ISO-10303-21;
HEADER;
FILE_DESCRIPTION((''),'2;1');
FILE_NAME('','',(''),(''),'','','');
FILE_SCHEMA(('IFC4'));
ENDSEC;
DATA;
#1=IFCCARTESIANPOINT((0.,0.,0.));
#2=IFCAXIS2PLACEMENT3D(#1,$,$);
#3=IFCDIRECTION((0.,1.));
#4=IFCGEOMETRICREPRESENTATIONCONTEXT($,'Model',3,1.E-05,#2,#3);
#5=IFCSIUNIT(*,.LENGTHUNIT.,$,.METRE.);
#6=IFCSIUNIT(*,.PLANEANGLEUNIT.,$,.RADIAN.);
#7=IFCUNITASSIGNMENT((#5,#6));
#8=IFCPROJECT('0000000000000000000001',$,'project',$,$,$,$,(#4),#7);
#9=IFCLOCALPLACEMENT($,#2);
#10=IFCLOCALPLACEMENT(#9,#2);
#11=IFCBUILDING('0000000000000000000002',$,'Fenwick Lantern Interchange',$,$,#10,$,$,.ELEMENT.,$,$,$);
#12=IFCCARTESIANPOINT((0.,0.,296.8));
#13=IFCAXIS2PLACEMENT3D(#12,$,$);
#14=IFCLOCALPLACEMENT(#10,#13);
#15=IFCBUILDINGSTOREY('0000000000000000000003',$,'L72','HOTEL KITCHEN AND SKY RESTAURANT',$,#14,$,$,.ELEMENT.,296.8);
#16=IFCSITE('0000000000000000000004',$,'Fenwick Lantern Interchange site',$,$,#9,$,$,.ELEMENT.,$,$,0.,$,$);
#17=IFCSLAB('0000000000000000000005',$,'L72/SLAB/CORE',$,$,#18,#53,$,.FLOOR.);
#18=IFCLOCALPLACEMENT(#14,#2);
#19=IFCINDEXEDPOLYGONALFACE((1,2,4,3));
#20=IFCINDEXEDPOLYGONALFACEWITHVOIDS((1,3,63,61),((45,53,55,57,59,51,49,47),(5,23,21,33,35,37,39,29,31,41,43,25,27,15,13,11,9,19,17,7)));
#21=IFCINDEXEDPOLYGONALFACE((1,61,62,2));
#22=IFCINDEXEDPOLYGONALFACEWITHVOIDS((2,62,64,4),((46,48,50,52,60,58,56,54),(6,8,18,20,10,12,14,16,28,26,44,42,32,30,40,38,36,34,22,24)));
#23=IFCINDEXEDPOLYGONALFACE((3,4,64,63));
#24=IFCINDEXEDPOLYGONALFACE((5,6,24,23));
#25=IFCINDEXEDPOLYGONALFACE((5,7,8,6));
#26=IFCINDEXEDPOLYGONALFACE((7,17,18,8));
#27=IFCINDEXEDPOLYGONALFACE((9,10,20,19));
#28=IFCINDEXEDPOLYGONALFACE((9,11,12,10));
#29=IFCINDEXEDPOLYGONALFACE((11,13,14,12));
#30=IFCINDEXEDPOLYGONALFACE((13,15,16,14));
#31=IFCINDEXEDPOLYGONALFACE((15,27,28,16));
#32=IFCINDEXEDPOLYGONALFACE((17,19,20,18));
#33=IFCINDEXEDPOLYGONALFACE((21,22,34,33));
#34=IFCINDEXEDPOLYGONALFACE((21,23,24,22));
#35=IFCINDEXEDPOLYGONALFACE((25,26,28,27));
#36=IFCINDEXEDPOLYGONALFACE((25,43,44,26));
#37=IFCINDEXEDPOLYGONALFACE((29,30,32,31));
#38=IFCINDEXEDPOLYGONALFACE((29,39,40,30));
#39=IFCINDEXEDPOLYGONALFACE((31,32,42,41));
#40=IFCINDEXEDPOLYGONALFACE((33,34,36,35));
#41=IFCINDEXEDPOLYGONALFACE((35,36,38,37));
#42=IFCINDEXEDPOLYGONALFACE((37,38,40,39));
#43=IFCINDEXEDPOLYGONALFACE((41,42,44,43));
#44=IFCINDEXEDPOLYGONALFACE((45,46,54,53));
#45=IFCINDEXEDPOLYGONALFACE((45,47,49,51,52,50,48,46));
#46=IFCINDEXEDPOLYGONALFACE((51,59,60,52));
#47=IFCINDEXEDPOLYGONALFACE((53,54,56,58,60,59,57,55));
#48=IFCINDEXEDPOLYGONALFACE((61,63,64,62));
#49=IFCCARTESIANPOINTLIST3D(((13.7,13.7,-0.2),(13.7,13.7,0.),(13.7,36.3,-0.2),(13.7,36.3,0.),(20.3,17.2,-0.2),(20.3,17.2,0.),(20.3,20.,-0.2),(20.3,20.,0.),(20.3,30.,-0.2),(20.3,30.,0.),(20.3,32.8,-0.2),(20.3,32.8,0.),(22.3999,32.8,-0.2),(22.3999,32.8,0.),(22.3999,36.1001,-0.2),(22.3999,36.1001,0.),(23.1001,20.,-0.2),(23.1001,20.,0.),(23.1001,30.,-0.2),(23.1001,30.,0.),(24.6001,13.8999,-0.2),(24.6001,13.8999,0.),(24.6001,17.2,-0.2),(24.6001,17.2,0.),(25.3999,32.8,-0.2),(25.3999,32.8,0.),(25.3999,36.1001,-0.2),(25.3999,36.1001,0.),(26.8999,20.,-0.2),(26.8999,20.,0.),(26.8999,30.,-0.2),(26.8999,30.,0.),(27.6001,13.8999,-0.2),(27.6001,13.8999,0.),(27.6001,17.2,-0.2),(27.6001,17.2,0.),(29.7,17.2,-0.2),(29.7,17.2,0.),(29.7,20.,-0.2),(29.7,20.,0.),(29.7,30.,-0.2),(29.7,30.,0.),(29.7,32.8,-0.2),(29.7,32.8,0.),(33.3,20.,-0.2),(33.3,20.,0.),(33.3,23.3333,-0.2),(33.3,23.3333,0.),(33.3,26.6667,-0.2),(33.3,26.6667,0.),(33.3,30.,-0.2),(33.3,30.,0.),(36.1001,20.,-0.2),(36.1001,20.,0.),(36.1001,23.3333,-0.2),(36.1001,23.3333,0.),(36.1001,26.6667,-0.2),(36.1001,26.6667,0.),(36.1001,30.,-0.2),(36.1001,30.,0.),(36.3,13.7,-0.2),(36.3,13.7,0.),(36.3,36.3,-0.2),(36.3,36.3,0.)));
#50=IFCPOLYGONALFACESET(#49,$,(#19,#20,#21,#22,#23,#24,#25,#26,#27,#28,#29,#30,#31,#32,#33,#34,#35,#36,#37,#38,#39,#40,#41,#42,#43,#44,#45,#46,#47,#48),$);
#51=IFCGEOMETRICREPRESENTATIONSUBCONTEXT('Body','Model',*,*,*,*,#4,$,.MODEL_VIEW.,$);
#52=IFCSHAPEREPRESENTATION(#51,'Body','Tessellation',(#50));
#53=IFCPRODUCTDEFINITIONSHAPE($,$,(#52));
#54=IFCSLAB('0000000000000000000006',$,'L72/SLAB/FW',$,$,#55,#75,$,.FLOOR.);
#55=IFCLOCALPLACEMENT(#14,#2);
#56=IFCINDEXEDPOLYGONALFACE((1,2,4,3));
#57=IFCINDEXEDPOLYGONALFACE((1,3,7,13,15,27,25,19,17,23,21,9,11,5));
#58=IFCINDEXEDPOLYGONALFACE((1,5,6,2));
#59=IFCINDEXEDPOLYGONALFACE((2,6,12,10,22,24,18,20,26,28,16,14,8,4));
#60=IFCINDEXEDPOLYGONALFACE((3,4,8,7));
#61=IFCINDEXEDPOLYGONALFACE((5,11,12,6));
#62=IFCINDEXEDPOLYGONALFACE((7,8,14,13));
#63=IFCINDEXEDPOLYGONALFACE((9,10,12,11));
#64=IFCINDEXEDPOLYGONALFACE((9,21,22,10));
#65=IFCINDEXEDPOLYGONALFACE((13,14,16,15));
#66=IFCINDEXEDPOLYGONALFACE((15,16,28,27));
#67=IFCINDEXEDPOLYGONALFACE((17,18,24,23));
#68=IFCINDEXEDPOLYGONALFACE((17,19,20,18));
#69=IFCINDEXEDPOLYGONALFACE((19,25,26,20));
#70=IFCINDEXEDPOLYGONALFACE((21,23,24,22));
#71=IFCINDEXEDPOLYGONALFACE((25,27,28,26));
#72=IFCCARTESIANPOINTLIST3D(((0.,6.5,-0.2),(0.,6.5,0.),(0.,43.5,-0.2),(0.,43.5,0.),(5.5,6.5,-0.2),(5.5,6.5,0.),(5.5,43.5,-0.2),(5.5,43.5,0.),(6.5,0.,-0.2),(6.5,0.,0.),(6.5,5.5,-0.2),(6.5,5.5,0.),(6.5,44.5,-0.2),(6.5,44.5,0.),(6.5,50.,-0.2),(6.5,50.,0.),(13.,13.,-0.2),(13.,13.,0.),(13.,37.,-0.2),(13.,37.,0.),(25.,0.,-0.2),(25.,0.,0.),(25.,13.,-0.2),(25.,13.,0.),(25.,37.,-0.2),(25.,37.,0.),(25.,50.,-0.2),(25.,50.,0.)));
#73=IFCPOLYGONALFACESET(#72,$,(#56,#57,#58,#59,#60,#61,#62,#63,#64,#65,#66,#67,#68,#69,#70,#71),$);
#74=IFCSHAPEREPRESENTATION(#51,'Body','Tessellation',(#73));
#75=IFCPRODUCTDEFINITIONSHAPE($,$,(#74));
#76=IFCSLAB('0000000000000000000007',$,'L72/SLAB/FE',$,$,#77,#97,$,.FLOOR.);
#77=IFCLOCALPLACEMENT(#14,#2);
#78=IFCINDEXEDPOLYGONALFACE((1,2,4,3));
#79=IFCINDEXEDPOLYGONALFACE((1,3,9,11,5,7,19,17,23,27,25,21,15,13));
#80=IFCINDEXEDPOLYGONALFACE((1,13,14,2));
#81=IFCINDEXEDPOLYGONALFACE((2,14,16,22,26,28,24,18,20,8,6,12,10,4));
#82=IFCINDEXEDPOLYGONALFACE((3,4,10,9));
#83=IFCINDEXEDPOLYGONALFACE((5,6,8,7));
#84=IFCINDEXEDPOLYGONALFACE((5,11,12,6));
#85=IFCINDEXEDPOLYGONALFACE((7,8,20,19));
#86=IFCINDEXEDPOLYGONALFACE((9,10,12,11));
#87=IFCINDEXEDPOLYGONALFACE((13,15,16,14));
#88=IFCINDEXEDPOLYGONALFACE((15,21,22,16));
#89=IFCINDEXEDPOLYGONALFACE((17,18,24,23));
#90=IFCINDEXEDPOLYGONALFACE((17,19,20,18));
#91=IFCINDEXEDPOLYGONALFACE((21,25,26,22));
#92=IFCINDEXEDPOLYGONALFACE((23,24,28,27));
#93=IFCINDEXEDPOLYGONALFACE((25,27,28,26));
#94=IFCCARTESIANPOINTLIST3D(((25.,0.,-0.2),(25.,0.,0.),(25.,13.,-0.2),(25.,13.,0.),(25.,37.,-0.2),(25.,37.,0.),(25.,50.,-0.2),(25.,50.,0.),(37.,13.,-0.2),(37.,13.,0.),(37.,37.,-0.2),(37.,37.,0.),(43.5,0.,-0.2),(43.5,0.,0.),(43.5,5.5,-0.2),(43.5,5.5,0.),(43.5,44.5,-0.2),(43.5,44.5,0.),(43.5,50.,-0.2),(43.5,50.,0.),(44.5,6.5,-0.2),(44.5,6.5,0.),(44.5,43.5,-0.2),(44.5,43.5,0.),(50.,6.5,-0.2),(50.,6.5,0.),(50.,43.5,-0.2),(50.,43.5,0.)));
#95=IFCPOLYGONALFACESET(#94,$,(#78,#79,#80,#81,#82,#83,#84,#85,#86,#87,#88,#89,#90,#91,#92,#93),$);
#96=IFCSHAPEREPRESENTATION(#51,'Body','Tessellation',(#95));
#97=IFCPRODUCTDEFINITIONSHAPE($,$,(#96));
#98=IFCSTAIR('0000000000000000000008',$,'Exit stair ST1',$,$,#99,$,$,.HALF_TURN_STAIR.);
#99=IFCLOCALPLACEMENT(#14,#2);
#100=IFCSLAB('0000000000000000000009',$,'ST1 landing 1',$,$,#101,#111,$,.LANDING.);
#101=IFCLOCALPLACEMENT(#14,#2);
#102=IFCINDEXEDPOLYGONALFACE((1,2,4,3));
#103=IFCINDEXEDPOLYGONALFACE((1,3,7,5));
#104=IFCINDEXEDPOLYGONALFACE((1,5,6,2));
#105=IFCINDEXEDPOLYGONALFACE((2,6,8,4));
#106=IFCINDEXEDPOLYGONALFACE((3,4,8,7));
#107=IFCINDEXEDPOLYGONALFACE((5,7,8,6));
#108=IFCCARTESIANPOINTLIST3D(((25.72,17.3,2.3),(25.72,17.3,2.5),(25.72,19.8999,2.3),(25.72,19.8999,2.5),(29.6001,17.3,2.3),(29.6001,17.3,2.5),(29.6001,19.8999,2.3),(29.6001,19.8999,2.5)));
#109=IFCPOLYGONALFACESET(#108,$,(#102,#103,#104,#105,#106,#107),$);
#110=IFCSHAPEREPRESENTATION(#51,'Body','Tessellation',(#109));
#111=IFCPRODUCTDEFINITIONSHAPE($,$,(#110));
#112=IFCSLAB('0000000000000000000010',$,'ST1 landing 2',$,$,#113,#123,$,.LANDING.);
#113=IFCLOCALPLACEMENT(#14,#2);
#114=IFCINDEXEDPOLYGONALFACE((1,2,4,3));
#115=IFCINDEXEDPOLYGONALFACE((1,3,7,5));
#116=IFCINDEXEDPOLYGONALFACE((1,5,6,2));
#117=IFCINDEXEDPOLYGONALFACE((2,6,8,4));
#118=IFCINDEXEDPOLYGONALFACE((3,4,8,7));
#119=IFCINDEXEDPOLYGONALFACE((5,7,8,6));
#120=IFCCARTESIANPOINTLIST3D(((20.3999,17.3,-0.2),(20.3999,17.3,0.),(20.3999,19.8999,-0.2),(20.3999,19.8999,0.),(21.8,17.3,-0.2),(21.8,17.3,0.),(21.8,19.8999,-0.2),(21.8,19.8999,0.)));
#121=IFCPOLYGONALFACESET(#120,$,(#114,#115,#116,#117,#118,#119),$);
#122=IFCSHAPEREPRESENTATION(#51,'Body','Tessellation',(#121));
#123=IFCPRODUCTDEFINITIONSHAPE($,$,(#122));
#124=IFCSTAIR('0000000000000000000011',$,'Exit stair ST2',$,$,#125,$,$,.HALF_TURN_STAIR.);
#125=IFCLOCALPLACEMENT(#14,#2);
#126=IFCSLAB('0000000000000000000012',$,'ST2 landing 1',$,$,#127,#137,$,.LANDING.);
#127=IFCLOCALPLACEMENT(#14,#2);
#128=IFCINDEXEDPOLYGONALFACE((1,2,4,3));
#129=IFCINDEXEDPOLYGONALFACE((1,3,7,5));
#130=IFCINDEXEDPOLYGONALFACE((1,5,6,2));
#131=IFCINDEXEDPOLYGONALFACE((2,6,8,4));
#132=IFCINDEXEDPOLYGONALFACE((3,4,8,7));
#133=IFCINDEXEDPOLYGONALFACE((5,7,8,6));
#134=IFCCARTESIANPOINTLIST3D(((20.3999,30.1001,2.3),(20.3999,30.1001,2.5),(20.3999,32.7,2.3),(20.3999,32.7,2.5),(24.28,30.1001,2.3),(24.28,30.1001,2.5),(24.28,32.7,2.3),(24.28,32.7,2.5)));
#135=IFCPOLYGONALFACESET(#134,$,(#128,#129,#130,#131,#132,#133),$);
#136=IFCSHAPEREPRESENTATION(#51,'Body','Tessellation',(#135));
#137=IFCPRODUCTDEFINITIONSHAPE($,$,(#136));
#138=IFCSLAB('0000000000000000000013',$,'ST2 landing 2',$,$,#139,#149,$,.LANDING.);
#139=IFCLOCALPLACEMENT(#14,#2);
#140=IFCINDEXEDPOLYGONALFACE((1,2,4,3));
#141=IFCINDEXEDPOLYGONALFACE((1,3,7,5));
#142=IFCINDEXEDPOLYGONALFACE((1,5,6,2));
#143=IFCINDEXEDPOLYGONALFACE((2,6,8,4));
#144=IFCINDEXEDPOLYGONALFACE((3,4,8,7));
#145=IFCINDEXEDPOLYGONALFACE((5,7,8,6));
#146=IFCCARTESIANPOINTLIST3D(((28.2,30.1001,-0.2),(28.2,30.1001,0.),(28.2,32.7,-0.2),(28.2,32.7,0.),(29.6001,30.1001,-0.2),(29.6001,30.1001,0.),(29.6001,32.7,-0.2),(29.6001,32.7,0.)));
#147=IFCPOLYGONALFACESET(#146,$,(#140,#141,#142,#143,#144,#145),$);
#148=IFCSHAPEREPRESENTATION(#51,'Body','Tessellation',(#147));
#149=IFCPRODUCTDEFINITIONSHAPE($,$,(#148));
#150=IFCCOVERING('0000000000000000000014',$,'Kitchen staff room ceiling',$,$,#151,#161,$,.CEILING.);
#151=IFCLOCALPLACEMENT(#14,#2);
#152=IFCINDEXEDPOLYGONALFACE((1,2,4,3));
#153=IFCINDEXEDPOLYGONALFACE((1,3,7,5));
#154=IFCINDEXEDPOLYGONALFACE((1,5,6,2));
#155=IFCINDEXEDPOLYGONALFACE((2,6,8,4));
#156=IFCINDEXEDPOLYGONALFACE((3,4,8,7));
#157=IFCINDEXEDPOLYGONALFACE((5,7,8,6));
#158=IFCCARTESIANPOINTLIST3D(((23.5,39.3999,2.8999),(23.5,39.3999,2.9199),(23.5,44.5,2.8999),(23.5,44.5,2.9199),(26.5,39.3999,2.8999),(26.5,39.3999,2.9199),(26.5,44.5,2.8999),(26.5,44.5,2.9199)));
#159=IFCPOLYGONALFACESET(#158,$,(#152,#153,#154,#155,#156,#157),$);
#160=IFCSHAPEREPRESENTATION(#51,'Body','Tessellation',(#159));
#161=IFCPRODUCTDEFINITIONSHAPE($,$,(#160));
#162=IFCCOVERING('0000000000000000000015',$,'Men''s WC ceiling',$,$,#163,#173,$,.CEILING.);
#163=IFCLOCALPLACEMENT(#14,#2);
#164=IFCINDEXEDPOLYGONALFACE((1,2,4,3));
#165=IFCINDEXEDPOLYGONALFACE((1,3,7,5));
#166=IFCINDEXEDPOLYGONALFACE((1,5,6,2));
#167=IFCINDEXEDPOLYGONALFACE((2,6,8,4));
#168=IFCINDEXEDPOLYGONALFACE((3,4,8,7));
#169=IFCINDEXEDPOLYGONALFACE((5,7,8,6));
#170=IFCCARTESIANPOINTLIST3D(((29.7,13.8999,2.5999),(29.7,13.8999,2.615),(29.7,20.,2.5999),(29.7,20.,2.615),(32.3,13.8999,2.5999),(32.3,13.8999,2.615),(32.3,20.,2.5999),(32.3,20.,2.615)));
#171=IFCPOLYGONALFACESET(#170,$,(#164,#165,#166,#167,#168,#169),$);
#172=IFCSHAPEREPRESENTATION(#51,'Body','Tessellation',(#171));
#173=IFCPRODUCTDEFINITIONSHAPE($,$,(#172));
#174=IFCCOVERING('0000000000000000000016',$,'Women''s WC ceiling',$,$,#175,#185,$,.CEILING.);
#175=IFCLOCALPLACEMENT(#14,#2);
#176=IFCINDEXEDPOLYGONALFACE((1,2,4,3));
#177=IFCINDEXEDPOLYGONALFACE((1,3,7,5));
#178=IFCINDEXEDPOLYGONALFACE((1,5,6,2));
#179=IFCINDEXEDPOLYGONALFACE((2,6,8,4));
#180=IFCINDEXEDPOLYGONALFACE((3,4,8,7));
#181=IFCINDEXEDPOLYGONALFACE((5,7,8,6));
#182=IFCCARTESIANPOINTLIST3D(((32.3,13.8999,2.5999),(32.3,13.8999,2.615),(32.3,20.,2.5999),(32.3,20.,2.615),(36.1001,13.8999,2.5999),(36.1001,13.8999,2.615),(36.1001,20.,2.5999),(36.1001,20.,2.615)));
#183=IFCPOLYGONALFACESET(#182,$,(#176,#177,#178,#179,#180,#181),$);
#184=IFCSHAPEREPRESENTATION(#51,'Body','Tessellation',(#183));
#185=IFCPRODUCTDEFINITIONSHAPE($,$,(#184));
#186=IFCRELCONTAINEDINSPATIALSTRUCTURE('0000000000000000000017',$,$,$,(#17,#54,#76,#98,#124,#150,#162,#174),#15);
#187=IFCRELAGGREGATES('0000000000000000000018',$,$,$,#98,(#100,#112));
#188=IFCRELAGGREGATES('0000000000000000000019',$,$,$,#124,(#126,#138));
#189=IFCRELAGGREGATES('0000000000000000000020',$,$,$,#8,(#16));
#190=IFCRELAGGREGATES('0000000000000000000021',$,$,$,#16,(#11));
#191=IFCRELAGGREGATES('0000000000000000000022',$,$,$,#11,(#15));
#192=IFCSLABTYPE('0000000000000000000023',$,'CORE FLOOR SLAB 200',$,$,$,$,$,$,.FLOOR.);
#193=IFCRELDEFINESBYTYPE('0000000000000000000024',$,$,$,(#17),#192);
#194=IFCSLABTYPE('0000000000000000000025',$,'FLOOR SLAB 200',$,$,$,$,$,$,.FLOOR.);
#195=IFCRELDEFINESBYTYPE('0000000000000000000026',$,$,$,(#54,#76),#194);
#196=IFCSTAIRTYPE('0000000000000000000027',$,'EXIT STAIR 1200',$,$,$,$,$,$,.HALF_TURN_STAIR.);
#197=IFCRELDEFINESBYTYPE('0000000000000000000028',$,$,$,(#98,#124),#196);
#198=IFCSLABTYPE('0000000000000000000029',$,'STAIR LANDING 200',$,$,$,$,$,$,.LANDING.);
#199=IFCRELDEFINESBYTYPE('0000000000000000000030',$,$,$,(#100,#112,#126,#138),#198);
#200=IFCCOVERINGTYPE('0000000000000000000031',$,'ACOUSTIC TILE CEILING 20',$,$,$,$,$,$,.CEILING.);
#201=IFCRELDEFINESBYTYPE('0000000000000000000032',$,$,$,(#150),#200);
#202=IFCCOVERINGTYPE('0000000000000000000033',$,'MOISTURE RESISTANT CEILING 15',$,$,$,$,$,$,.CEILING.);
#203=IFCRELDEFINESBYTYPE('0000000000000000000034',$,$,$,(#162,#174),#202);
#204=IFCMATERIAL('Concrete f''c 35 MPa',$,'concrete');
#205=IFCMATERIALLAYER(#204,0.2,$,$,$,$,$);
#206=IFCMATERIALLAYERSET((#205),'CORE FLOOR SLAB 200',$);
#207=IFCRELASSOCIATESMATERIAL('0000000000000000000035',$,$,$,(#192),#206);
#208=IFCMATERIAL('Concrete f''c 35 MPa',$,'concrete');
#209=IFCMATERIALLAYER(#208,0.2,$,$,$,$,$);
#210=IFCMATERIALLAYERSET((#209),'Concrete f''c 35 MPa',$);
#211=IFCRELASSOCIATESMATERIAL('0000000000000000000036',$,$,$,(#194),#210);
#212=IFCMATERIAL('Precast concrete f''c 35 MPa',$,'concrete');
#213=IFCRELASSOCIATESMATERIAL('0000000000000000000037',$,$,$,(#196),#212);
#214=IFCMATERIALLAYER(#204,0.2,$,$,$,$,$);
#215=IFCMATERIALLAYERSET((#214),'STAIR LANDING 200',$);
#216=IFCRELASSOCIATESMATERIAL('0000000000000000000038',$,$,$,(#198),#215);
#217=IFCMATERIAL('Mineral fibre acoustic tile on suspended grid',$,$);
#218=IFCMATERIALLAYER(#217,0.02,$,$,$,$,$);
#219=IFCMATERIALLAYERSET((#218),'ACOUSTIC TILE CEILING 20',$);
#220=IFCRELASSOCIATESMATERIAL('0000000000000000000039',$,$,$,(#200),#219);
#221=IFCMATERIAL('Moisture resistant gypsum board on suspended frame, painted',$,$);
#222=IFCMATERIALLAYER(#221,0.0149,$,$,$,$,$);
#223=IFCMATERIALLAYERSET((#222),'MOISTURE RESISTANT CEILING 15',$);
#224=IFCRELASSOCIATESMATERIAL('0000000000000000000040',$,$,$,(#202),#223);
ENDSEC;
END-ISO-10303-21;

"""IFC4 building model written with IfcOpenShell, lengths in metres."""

from ifc_helpers import new_model, si_unit, direction, frame, origin, place, context, subcontext, project, spatial, polyline, outline, extrude, material, layer, layer_set, type_object, element, aggregate, save


model = new_model("IFC4")

# Units and contexts
model_context = context("Model", 3, precision=1e-05, world=origin(), true_north=direction((0.0, 1.0)))
body_context = subcontext(model_context, "Body", "Model", "MODEL_VIEW")
ifc_project = project(units=[si_unit("LENGTHUNIT", "METRE"), si_unit("PLANEANGLEUNIT", "RADIAN")], contexts=[model_context])

# Site, building, storey
site_placement = place(None, origin())
site = spatial("IfcSite", under=ifc_project, at=site_placement, Name="Fenwick Lantern Interchange site", CompositionType="ELEMENT", RefElevation=0.0)
building_placement = place(site_placement, origin())
building = spatial("IfcBuilding", under=site, at=building_placement, Name="Fenwick Lantern Interchange", CompositionType="ELEMENT")
storey_placement = place(building_placement, frame((0.0, 0.0, 296.8)))
storey = spatial("IfcBuildingStorey", under=building, at=storey_placement, Name="L72", Description="HOTEL KITCHEN AND SKY RESTAURANT", CompositionType="ELEMENT", Elevation=296.8)

# Slabs
ifc_material_1 = material(Name="Concrete f'c 35 MPa", Category="concrete")
ifc_layer_1 = layer(ifc_material_1, 0.2)
ifc_layer_set_1 = layer_set([ifc_layer_1], Name="CORE FLOOR SLAB 200")
slab_type_1 = type_object("IfcSlabType", Name="CORE FLOOR SLAB 200", PredefinedType="FLOOR", material=ifc_layer_set_1)
slab_1_placement = place(storey_placement, frame((0.0, 0.0, -0.2)))
element("IfcSlab", 1, at=slab_1_placement, inside=storey, type_object=slab_type_1, Name="L72/SLAB/CORE", PredefinedType="FLOOR", context=body_context, shape_type="SweptSolid", body=[
    extrude(outline(polyline([(13.7, 36.3), (36.3, 36.3), (36.3, 13.7), (13.7, 13.7), (13.7, 36.3)]), holes=[polyline([(24.6001, 13.8999), (27.6001, 13.8999), (27.6001, 17.2), (29.7, 17.2), (29.7, 20.0), (26.8999, 20.0), (26.8999, 30.0), (29.7, 30.0), (29.7, 32.8), (25.3999, 32.8), (25.3999, 36.1001), (22.3999, 36.1001), (22.3999, 32.8), (20.3, 32.8), (20.3, 30.0), (23.1001, 30.0), (23.1001, 20.0), (20.3, 20.0), (20.3, 17.2), (24.6001, 17.2), (24.6001, 13.8999)]), polyline([(33.3, 20.0), (36.1001, 20.0), (36.1001, 23.3333), (36.1001, 26.6667), (36.1001, 30.0), (33.3, 30.0), (33.3, 26.6667), (33.3, 23.3333), (33.3, 20.0)])]), origin(), (0.0, 0.0, 1.0), 0.2),
])
ifc_material_2 = material(Name="Concrete f'c 35 MPa", Category="concrete")
ifc_layer_2 = layer(ifc_material_2, 0.2)
ifc_layer_set_2 = layer_set([ifc_layer_2], Name="Concrete f'c 35 MPa")
slab_type_2 = type_object("IfcSlabType", Name="FLOOR SLAB 200", PredefinedType="FLOOR", material=ifc_layer_set_2)
slab_2_placement = place(storey_placement, frame((0.0, 0.0, -0.2)))
element("IfcSlab", 2, at=slab_2_placement, inside=storey, type_object=slab_type_2, Name="L72/SLAB/FW", PredefinedType="FLOOR", context=body_context, shape_type="SweptSolid", body=[
    extrude(outline(polyline([(6.5, 0.0), (6.5, 5.5), (5.5, 6.5), (0.0, 6.5), (0.0, 43.5), (5.5, 43.5), (6.5, 44.5), (6.5, 50.0), (25.0, 50.0), (25.0, 37.0), (13.0, 37.0), (13.0, 13.0), (25.0, 13.0), (25.0, 0.0), (6.5, 0.0)])), origin(), (0.0, 0.0, 1.0), 0.2),
])
slab_3_placement = place(storey_placement, frame((0.0, 0.0, -0.2)))
element("IfcSlab", 3, at=slab_3_placement, inside=storey, type_object=slab_type_2, Name="L72/SLAB/FE", PredefinedType="FLOOR", context=body_context, shape_type="SweptSolid", body=[
    extrude(outline(polyline([(43.5, 50.0), (43.5, 44.5), (44.5, 43.5), (50.0, 43.5), (50.0, 6.5), (44.5, 6.5), (43.5, 5.5), (43.5, 0.0), (25.0, 0.0), (25.0, 13.0), (37.0, 13.0), (37.0, 37.0), (25.0, 37.0), (25.0, 50.0), (43.5, 50.0)])), origin(), (0.0, 0.0, 1.0), 0.2),
])

# Stairs, slabs
ifc_material_3 = material(Name="Precast concrete f'c 35 MPa", Category="concrete")
stair_type = type_object("IfcStairType", Name="EXIT STAIR 1200", PredefinedType="HALF_TURN_STAIR", material=ifc_material_3)
stair_1_placement = place(storey_placement, origin())
stair_1 = element("IfcStair", 4, at=stair_1_placement, inside=storey, type_object=stair_type, Name="Exit stair ST1", PredefinedType="HALF_TURN_STAIR")
ifc_layer_3 = layer(ifc_material_1, 0.2)
ifc_layer_set_3 = layer_set([ifc_layer_3], Name="STAIR LANDING 200")
slab_type_3 = type_object("IfcSlabType", Name="STAIR LANDING 200", PredefinedType="LANDING", material=ifc_layer_set_3)
slab_4_placement = place(storey_placement, frame((0.0, 0.0, 2.3)))
slab_4 = element("IfcSlab", 5, at=slab_4_placement, type_object=slab_type_3, Name="ST1 landing 1", PredefinedType="LANDING", context=body_context, shape_type="SweptSolid", body=[
    extrude(outline(polyline([(25.72, 17.3), (29.6001, 17.3), (29.6001, 19.8999), (25.72, 19.8999), (25.72, 17.3)])), origin(), (0.0, 0.0, 1.0), 0.2),
])
slab_5_placement = place(storey_placement, frame((0.0, 0.0, -0.2)))
slab_5 = element("IfcSlab", 6, at=slab_5_placement, type_object=slab_type_3, Name="ST1 landing 2", PredefinedType="LANDING", context=body_context, shape_type="SweptSolid", body=[
    extrude(outline(polyline([(20.3999, 17.3), (21.8, 17.3), (21.8, 19.8999), (20.3999, 19.8999), (20.3999, 17.3)])), origin(), (0.0, 0.0, 1.0), 0.2),
])
aggregate(stair_1, [slab_4, slab_5])
stair_2_placement = place(storey_placement, origin())
stair_2 = element("IfcStair", 7, at=stair_2_placement, inside=storey, type_object=stair_type, Name="Exit stair ST2", PredefinedType="HALF_TURN_STAIR")
slab_6_placement = place(storey_placement, frame((0.0, 0.0, 2.3)))
slab_6 = element("IfcSlab", 8, at=slab_6_placement, type_object=slab_type_3, Name="ST2 landing 1", PredefinedType="LANDING", context=body_context, shape_type="SweptSolid", body=[
    extrude(outline(polyline([(24.28, 32.7), (20.3999, 32.7), (20.3999, 30.1001), (24.28, 30.1001), (24.28, 32.7)])), origin(), (0.0, 0.0, 1.0), 0.2),
])
slab_7_placement = place(storey_placement, frame((0.0, 0.0, -0.2)))
slab_7 = element("IfcSlab", 9, at=slab_7_placement, type_object=slab_type_3, Name="ST2 landing 2", PredefinedType="LANDING", context=body_context, shape_type="SweptSolid", body=[
    extrude(outline(polyline([(29.6001, 32.7), (28.2, 32.7), (28.2, 30.1001), (29.6001, 30.1001), (29.6001, 32.7)])), origin(), (0.0, 0.0, 1.0), 0.2),
])
aggregate(stair_2, [slab_6, slab_7])

# Coverings
ifc_material_4 = material(Name="Mineral fibre acoustic tile on suspended grid")
ifc_layer_4 = layer(ifc_material_4, 0.02)
ifc_layer_set_4 = layer_set([ifc_layer_4], Name="ACOUSTIC TILE CEILING 20")
covering_type_1 = type_object("IfcCoveringType", Name="ACOUSTIC TILE CEILING 20", PredefinedType="CEILING", material=ifc_layer_set_4)
covering_1_placement = place(storey_placement, frame((0.0, 0.0, 2.8999)))
element("IfcCovering", 10, at=covering_1_placement, inside=storey, type_object=covering_type_1, Name="Kitchen staff room ceiling", PredefinedType="CEILING", context=body_context, shape_type="SweptSolid", body=[
    extrude(outline(polyline([(26.5, 44.5), (23.5, 44.5), (23.5, 39.3999), (26.5, 39.3999), (26.5, 44.5)])), origin(), (0.0, 0.0, 1.0), 0.02),
])
ifc_material_5 = material(Name="Moisture resistant gypsum board on suspended frame, painted")
ifc_layer_5 = layer(ifc_material_5, 0.0149)
ifc_layer_set_5 = layer_set([ifc_layer_5], Name="MOISTURE RESISTANT CEILING 15")
covering_type_2 = type_object("IfcCoveringType", Name="MOISTURE RESISTANT CEILING 15", PredefinedType="CEILING", material=ifc_layer_set_5)
covering_2_placement = place(storey_placement, frame((0.0, 0.0, 2.5999)))
element("IfcCovering", 11, at=covering_2_placement, inside=storey, type_object=covering_type_2, Name="Men's WC ceiling", PredefinedType="CEILING", context=body_context, shape_type="SweptSolid", body=[
    extrude(outline(polyline([(29.7, 13.8999), (32.3, 13.8999), (32.3, 20.0), (29.7, 20.0), (29.7, 13.8999)])), origin(), (0.0, 0.0, 1.0), 0.0151),
])
covering_3_placement = place(storey_placement, frame((0.0, 0.0, 2.5999)))
element("IfcCovering", 12, at=covering_3_placement, inside=storey, type_object=covering_type_2, Name="Women's WC ceiling", PredefinedType="CEILING", context=body_context, shape_type="SweptSolid", body=[
    extrude(outline(polyline([(32.3, 13.8999), (36.1001, 13.8999), (36.1001, 20.0), (32.3, 20.0), (32.3, 13.8999)])), origin(), (0.0, 0.0, 1.0), 0.0151),
])

save(model, "model.ifc")
